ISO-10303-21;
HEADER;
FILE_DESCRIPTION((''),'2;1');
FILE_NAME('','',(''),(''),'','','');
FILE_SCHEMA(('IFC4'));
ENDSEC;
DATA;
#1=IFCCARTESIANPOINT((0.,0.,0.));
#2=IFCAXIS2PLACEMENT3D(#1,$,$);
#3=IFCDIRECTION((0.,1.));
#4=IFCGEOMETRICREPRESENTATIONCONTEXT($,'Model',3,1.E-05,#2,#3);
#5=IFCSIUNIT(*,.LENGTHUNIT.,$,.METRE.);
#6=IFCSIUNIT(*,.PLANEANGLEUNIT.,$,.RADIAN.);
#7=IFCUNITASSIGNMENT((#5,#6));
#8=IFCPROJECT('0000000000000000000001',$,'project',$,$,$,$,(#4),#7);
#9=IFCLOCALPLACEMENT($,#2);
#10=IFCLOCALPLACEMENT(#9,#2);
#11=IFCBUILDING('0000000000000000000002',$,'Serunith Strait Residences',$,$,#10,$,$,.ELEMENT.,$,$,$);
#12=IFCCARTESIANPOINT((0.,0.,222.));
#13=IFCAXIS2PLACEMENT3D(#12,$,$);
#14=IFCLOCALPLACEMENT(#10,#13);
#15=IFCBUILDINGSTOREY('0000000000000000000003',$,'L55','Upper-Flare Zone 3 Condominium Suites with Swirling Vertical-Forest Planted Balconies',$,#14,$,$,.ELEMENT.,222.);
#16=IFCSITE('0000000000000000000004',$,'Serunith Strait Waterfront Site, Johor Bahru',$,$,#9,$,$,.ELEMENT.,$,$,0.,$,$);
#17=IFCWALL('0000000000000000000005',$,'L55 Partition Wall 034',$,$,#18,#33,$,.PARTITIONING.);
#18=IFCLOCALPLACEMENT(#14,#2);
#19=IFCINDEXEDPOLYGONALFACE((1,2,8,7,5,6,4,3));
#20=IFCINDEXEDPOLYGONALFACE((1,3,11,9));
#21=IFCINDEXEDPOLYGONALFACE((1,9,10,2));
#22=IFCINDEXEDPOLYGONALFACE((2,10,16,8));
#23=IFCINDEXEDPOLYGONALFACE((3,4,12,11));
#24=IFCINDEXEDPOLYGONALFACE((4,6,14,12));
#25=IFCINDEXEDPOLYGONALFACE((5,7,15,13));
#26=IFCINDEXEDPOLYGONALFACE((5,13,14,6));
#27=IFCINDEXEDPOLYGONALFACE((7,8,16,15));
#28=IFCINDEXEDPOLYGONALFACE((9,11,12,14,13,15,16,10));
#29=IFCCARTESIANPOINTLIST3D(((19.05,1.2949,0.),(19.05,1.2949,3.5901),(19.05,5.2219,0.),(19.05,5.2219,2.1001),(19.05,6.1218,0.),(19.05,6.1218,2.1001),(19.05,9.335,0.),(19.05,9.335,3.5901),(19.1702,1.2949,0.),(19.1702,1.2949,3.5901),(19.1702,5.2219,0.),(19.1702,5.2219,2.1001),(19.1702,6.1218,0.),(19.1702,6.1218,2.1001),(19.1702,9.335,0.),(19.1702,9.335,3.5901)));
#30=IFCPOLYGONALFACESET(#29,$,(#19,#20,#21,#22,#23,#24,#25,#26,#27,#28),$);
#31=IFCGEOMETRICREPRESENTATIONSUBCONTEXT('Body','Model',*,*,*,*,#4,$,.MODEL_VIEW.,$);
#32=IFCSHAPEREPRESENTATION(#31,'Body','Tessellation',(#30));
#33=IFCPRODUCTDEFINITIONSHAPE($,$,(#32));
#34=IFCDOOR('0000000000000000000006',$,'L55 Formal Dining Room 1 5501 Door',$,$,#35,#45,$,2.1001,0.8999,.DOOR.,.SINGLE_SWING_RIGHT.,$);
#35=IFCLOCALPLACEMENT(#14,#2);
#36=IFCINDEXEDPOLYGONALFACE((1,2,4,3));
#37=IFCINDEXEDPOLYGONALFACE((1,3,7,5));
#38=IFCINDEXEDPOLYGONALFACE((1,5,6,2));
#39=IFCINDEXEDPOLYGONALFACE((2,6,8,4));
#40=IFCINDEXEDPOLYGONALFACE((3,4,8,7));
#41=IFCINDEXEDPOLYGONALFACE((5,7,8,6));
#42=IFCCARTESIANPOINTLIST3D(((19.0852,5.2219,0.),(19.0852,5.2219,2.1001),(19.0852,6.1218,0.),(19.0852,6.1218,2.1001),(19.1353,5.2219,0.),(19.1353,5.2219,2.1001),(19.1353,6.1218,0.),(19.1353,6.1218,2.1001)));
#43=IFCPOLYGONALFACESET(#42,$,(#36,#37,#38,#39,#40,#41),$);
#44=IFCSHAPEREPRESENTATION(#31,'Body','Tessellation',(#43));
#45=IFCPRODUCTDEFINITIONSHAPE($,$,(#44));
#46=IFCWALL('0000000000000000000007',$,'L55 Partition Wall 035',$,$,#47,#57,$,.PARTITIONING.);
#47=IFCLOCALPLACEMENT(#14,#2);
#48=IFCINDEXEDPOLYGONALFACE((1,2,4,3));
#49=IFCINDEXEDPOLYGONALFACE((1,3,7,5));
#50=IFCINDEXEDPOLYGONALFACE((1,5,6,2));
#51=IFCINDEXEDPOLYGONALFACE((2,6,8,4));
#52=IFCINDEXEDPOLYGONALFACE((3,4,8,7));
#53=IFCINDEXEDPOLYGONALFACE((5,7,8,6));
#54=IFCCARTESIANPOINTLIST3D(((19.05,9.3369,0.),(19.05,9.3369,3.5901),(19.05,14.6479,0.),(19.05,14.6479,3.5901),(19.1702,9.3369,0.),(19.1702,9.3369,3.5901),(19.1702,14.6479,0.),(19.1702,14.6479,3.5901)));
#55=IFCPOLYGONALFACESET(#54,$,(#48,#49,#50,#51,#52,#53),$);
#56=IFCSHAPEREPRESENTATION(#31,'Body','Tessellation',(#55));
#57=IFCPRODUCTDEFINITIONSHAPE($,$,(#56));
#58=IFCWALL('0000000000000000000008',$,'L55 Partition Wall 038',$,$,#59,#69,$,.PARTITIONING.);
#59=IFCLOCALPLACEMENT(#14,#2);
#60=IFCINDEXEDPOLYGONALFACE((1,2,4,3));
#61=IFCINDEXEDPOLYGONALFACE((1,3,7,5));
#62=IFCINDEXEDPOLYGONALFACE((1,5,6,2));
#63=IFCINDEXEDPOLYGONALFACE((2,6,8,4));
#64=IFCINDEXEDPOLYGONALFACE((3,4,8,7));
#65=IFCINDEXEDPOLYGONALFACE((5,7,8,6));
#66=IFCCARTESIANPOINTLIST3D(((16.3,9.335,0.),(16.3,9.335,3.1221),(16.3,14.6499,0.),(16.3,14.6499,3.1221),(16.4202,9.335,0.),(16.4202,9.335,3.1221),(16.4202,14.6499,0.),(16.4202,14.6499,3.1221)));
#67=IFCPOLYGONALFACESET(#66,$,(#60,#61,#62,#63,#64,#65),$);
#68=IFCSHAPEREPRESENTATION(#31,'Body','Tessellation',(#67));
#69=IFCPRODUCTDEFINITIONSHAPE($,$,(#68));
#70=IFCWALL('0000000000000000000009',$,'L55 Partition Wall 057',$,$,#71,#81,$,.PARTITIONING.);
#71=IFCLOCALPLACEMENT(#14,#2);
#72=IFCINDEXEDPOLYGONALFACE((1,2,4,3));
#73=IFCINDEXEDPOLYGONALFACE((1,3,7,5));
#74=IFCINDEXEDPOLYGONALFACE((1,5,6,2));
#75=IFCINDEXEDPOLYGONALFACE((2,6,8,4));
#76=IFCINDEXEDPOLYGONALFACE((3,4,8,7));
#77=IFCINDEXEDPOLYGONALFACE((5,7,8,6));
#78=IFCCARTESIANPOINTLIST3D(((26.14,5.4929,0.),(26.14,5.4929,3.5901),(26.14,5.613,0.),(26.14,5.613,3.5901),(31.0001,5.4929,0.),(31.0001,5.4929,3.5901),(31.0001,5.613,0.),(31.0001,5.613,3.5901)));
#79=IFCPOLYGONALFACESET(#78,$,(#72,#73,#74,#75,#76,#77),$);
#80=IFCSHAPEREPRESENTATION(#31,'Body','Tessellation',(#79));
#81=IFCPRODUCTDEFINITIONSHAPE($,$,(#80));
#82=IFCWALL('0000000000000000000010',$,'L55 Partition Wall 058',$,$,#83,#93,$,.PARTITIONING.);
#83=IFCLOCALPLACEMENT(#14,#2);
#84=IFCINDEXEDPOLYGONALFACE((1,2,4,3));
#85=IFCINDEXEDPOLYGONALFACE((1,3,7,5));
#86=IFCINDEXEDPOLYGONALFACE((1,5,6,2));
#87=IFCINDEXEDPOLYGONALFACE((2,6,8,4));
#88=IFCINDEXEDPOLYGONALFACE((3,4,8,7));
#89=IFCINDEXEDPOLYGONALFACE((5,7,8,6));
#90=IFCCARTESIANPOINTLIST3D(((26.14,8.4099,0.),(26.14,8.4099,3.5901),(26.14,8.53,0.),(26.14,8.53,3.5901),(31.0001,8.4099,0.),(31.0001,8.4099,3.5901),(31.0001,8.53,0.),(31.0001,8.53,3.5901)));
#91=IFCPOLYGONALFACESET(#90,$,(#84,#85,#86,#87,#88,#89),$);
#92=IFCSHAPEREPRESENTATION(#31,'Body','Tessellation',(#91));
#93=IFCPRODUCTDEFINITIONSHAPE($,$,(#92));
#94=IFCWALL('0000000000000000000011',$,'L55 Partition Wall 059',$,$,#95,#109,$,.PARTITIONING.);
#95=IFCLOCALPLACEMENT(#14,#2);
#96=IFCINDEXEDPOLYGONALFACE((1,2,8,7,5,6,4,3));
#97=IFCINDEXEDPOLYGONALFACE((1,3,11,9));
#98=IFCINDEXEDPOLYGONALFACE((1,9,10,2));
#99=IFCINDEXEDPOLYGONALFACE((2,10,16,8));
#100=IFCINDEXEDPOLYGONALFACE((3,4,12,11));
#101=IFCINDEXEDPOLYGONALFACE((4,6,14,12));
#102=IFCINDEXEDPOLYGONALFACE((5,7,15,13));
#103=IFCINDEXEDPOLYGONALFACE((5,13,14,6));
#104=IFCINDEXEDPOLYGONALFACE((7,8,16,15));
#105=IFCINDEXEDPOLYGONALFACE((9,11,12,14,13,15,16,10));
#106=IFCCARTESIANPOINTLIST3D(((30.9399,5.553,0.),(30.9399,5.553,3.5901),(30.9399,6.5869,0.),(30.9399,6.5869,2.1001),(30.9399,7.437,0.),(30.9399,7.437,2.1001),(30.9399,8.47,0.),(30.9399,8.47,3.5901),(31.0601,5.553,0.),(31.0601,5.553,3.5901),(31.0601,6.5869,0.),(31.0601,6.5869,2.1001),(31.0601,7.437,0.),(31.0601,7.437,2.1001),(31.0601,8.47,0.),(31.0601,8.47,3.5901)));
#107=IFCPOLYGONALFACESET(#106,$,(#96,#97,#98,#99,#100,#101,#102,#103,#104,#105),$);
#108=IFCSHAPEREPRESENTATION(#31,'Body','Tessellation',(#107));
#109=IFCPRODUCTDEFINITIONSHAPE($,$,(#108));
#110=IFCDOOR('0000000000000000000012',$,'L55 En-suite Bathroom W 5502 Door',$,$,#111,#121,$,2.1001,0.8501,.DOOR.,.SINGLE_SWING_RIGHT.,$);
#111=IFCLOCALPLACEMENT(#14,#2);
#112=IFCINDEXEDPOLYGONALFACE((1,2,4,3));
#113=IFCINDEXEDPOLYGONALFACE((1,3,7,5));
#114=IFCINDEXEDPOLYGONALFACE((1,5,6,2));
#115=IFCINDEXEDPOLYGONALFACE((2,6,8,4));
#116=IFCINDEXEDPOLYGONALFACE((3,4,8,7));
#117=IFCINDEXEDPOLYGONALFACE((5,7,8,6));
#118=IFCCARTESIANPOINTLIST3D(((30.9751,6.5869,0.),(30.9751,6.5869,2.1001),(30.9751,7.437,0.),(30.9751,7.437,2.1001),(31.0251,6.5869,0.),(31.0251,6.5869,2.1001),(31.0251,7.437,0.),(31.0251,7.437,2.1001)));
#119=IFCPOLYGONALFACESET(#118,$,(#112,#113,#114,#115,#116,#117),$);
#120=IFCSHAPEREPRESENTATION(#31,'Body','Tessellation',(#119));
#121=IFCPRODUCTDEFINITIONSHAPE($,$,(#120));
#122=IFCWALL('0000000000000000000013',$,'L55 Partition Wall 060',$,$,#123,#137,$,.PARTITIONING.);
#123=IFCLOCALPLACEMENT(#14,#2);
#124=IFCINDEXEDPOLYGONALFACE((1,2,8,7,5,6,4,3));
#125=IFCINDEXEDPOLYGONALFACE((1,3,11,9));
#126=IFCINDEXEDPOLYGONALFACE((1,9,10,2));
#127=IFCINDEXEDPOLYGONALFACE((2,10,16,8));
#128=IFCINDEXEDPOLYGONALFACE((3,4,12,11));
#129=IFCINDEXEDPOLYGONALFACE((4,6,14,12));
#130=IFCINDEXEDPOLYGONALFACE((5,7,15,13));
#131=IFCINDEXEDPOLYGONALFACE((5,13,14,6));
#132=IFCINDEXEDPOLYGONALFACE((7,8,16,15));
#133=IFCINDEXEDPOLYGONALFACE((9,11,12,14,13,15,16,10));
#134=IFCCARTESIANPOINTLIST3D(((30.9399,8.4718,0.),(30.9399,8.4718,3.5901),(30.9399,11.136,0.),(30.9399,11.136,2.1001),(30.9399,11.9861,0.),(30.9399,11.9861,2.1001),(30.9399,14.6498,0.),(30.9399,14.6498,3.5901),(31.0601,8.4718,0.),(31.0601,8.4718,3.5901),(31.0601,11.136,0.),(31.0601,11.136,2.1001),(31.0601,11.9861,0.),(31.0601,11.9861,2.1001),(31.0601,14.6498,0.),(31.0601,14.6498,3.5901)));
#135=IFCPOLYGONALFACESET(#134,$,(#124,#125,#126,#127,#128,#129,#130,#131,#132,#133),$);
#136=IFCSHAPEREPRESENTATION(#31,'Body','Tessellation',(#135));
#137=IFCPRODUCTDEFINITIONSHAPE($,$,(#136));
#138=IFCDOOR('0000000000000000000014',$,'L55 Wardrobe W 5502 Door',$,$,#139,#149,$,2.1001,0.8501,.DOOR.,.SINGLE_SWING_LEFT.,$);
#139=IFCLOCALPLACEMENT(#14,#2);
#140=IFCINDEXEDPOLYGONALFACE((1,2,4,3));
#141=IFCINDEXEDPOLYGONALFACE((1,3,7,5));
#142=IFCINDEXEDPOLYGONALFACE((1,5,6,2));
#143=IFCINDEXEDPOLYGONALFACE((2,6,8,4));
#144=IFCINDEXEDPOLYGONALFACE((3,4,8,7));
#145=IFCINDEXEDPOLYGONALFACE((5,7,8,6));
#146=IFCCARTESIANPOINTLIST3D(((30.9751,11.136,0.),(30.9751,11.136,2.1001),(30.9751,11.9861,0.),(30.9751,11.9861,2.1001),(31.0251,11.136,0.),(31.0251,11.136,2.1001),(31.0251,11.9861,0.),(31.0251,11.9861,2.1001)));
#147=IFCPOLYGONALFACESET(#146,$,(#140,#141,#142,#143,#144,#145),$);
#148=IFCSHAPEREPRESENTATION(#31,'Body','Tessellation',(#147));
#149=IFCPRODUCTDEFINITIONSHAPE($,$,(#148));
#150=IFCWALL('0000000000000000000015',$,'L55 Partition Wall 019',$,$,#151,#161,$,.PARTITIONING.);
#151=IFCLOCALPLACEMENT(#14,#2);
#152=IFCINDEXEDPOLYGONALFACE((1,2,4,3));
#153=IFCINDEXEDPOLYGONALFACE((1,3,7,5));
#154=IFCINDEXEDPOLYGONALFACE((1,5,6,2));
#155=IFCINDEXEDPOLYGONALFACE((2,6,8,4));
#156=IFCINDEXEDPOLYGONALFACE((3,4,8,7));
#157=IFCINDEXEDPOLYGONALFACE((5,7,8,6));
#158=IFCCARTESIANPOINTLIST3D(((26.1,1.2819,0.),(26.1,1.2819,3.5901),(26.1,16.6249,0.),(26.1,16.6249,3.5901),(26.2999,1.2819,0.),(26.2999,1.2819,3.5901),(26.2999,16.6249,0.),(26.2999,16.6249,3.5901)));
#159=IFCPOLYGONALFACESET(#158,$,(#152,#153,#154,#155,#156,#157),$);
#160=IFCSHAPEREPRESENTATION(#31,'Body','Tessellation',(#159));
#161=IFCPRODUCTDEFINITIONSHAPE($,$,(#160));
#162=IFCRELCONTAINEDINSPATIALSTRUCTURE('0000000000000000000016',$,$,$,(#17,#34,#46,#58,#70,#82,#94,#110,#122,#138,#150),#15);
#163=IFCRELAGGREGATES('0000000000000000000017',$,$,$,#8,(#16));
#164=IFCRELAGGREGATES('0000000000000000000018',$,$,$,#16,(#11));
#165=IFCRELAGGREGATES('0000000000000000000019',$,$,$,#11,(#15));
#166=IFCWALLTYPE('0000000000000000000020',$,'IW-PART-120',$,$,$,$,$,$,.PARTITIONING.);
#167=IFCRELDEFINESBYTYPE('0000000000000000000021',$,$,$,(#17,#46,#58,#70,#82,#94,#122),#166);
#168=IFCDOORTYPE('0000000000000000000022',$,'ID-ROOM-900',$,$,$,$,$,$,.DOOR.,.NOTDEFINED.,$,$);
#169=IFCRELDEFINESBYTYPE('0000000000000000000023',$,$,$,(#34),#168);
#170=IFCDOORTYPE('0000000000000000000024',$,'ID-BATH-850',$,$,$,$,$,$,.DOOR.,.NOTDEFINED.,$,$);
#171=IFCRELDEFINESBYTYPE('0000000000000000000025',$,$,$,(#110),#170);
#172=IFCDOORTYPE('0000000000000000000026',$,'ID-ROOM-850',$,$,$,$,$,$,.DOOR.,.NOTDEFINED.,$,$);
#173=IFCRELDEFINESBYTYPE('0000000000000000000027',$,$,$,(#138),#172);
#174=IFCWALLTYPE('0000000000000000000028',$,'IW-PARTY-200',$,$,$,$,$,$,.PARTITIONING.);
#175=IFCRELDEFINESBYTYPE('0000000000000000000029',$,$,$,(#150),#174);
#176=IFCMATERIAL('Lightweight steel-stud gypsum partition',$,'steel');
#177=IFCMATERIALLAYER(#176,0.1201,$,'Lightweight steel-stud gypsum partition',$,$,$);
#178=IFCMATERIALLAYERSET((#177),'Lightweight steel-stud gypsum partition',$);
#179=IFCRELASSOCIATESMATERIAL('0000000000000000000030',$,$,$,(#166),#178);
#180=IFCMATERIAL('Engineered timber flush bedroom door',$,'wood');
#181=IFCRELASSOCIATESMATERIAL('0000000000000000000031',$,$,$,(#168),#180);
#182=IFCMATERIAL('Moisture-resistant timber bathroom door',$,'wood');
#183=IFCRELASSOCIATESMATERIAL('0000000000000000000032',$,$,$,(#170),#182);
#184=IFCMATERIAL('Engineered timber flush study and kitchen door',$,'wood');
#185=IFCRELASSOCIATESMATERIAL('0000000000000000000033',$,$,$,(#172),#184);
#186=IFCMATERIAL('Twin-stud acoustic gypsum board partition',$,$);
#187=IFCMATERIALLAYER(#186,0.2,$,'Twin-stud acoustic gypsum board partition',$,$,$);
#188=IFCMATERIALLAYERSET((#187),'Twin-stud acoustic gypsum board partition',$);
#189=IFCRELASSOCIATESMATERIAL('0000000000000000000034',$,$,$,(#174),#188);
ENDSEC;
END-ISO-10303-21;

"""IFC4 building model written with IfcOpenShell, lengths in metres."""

from ifc_helpers import new_model, si_unit, direction, frame, frame_2d, origin, place, context, subcontext, project, spatial, rectangle, extrude, source, transform, mapped, material, layer, layer_set, type_object, element, fill, save


model = new_model("IFC4")

# Units and contexts
model_context = context("Model", 3, precision=1e-05, world=origin(), true_north=direction((0.0, 1.0)))
body_context = subcontext(model_context, "Body", "Model", "MODEL_VIEW")
ifc_project = project(units=[si_unit("LENGTHUNIT", "METRE"), si_unit("PLANEANGLEUNIT", "RADIAN")], contexts=[model_context])

# Site, building, storey
site_placement = place(None, origin())
site = spatial("IfcSite", under=ifc_project, at=site_placement, Name="Serunith Strait Waterfront Site, Johor Bahru", CompositionType="ELEMENT", RefElevation=0.0)
building_placement = place(site_placement, origin())
building = spatial("IfcBuilding", under=site, at=building_placement, Name="Serunith Strait Residences", CompositionType="ELEMENT")
storey_placement = place(building_placement, frame((0.0, 0.0, 222.0)))
storey = spatial("IfcBuildingStorey", under=building, at=storey_placement, Name="L55", Description="Upper-Flare Zone 3 Condominium Suites with Swirling Vertical-Forest Planted Balconies", CompositionType="ELEMENT", Elevation=222.0)

# Wall, opening, door
ifc_material_1 = material(Name="Lightweight steel-stud gypsum partition", Category="steel")
ifc_layer_1 = layer(ifc_material_1, 0.1201, Name="Lightweight steel-stud gypsum partition")
ifc_layer_set_1 = layer_set([ifc_layer_1], Name="Lightweight steel-stud gypsum partition")
wall_type_1 = type_object("IfcWallType", Name="IW-PART-120", PredefinedType="PARTITIONING", material=ifc_layer_set_1)
wall_1_placement = place(storey_placement, frame((19.1101, 1.2949, 0.0), z_axis=(0.0, 0.0, 1.0), x_axis=(0.0, 1.0, 0.0)))
wall_1 = element("IfcWall", 1, at=wall_1_placement, inside=storey, type_object=wall_type_1, Name="L55 Partition Wall 034", PredefinedType="PARTITIONING", context=body_context, shape_type="SweptSolid", body=[
    extrude(rectangle(XDim=8.04, YDim=0.1201, at=frame_2d((4.02, 0.0))), origin(), (0.0, 0.0, 1.0), 3.5901),
])
opening_1_placement = place(wall_1_placement, frame((3.927, 0.0, 0.0)))
opening_1 = element("IfcOpeningElement", 2, at=opening_1_placement, cuts=wall_1, PredefinedType="OPENING", context=body_context, shape_type="SweptSolid", body=[
    extrude(rectangle(XDim=0.8999, YDim=2.1001, at=frame_2d((0.45, 1.05))), frame((0.0, 0.0701, 0.0), z_axis=(0.0, -1.0, 0.0), x_axis=(1.0, 0.0, 0.0)), (0.0, 0.0, 1.0), 0.1401),
])
ifc_material_2 = material(Name="Engineered timber flush bedroom door", Category="wood")
door_type_1 = type_object("IfcDoorType", Name="ID-ROOM-900", OperationType="NOTDEFINED", PredefinedType="DOOR", material=ifc_material_2)
shared_shape_1 = source(origin(), body_context, "Body", "SweptSolid", [
    extrude(rectangle(XDim=0.8999, YDim=2.1001, at=frame_2d((0.45, 1.05))), frame((0.0, 0.0249, 0.0), z_axis=(0.0, -1.0, 0.0), x_axis=(1.0, 0.0, 0.0)), (0.0, 0.0, 1.0), 0.05),
])
door_1_placement = place(opening_1_placement, origin())
door_1 = element("IfcDoor", 3, at=door_1_placement, inside=storey, type_object=door_type_1, Name="L55 Formal Dining Room 1 5501 Door", OperationType="SINGLE_SWING_RIGHT", OverallHeight=2.1001, OverallWidth=0.8999, PredefinedType="DOOR", context=body_context, shape_type="MappedRepresentation", body=[
    mapped(shared_shape_1, transform((0.0, 0.0, 0.0), scale=1.0)),
])
fill(opening_1, door_1)

# Walls
wall_2_placement = place(storey_placement, frame((19.1101, 9.3369, 0.0), z_axis=(0.0, 0.0, 1.0), x_axis=(0.0, 1.0, 0.0)))
element("IfcWall", 4, at=wall_2_placement, inside=storey, type_object=wall_type_1, Name="L55 Partition Wall 035", PredefinedType="PARTITIONING", context=body_context, shape_type="SweptSolid", body=[
    extrude(rectangle(XDim=5.311, YDim=0.1201, at=frame_2d((2.6555, 0.0))), origin(), (0.0, 0.0, 1.0), 3.5901),
])
wall_3_placement = place(storey_placement, frame((16.3601, 9.335, 0.0), z_axis=(0.0, 0.0, 1.0), x_axis=(0.0, 1.0, 0.0)))
element("IfcWall", 5, at=wall_3_placement, inside=storey, type_object=wall_type_1, Name="L55 Partition Wall 038", PredefinedType="PARTITIONING", context=body_context, shape_type="SweptSolid", body=[
    extrude(rectangle(XDim=5.3149, YDim=0.1201, at=frame_2d((2.6575, 0.0))), origin(), (0.0, 0.0, 1.0), 3.1221),
])
for number, where, z_axis, x_axis, name in (
    (6, (26.1399, 5.553, 0.0), (0.0, 0.0, 1.0), (1.0, 0.0, 0.0), "L55 Partition Wall 057"),
    (7, (26.1399, 8.47, 0.0), (0.0, 0.0, 1.0), (1.0, 0.0, 0.0), "L55 Partition Wall 058"),
):
    element("IfcWall", number, at=place(storey_placement, frame(where, z_axis=z_axis, x_axis=x_axis)), inside=storey, type_object=wall_type_1, Name=name, PredefinedType="PARTITIONING", context=body_context, shape_type="SweptSolid", body=[
        extrude(rectangle(XDim=4.8601, YDim=0.1201, at=frame_2d((2.4302, 0.0))), origin(), (0.0, 0.0, 1.0), 3.5901),
    ])

# Walls, openings, doors
wall_4_placement = place(storey_placement, frame((31.0, 5.553, 0.0), z_axis=(0.0, 0.0, 1.0), x_axis=(0.0, 1.0, 0.0)))
wall_4 = element("IfcWall", 8, at=wall_4_placement, inside=storey, type_object=wall_type_1, Name="L55 Partition Wall 059", PredefinedType="PARTITIONING", context=body_context, shape_type="SweptSolid", body=[
    extrude(rectangle(XDim=2.917, YDim=0.1201, at=frame_2d((1.4585, 0.0))), origin(), (0.0, 0.0, 1.0), 3.5901),
])
opening_2_placement = place(wall_4_placement, frame((1.0339, 0.0, 0.0)))
opening_2 = element("IfcOpeningElement", 9, at=opening_2_placement, cuts=wall_4, PredefinedType="OPENING", context=body_context, shape_type="SweptSolid", body=[
    extrude(rectangle(XDim=0.8501, YDim=2.1001, at=frame_2d((0.425, 1.05))), frame((0.0, 0.0701, 0.0), z_axis=(0.0, -1.0, 0.0), x_axis=(1.0, 0.0, 0.0)), (0.0, 0.0, 1.0), 0.1401),
])
ifc_material_3 = material(Name="Moisture-resistant timber bathroom door", Category="wood")
door_type_2 = type_object("IfcDoorType", Name="ID-BATH-850", OperationType="NOTDEFINED", PredefinedType="DOOR", material=ifc_material_3)
shared_shape_2 = source(origin(), body_context, "Body", "SweptSolid", [
    extrude(rectangle(XDim=0.8501, YDim=2.1001, at=frame_2d((0.425, 1.05))), frame((0.0, 0.0249, 0.0), z_axis=(0.0, -1.0, 0.0), x_axis=(1.0, 0.0, 0.0)), (0.0, 0.0, 1.0), 0.05),
])
door_2_placement = place(opening_2_placement, origin())
door_2 = element("IfcDoor", 10, at=door_2_placement, inside=storey, type_object=door_type_2, Name="L55 En-suite Bathroom W 5502 Door", OperationType="SINGLE_SWING_RIGHT", OverallHeight=2.1001, OverallWidth=0.8501, PredefinedType="DOOR", context=body_context, shape_type="MappedRepresentation", body=[
    mapped(shared_shape_2, transform((0.0, 0.0, 0.0), scale=1.0)),
])
fill(opening_2, door_2)
wall_5_placement = place(storey_placement, frame((31.0, 8.4719, 0.0), z_axis=(0.0, 0.0, 1.0), x_axis=(0.0, 1.0, 0.0)))
wall_5 = element("IfcWall", 11, at=wall_5_placement, inside=storey, type_object=wall_type_1, Name="L55 Partition Wall 060", PredefinedType="PARTITIONING", context=body_context, shape_type="SweptSolid", body=[
    extrude(rectangle(XDim=6.178, YDim=0.1201, at=frame_2d((3.0889, 0.0))), origin(), (0.0, 0.0, 1.0), 3.5901),
])
opening_3_placement = place(wall_5_placement, frame((2.6641, 0.0, 0.0)))
opening_3 = element("IfcOpeningElement", 12, at=opening_3_placement, cuts=wall_5, PredefinedType="OPENING", context=body_context, shape_type="SweptSolid", body=[
    extrude(rectangle(XDim=0.8501, YDim=2.1001, at=frame_2d((0.425, 1.05))), frame((0.0, 0.0701, 0.0), z_axis=(0.0, -1.0, 0.0), x_axis=(1.0, 0.0, 0.0)), (0.0, 0.0, 1.0), 0.1401),
])
ifc_material_4 = material(Name="Engineered timber flush study and kitchen door", Category="wood")
door_type_3 = type_object("IfcDoorType", Name="ID-ROOM-850", OperationType="NOTDEFINED", PredefinedType="DOOR", material=ifc_material_4)
door_3_placement = place(opening_3_placement, origin())
door_3 = element("IfcDoor", 13, at=door_3_placement, inside=storey, type_object=door_type_3, Name="L55 Wardrobe W 5502 Door", OperationType="SINGLE_SWING_LEFT", OverallHeight=2.1001, OverallWidth=0.8501, PredefinedType="DOOR", context=body_context, shape_type="MappedRepresentation", body=[
    mapped(shared_shape_2, transform((0.0, 0.0, 0.0), scale=1.0)),
])
fill(opening_3, door_3)

# Wall
ifc_material_5 = material(Name="Twin-stud acoustic gypsum board partition")
ifc_layer_2 = layer(ifc_material_5, 0.2, Name="Twin-stud acoustic gypsum board partition")
ifc_layer_set_2 = layer_set([ifc_layer_2], Name="Twin-stud acoustic gypsum board partition")
wall_type_2 = type_object("IfcWallType", Name="IW-PARTY-200", PredefinedType="PARTITIONING", material=ifc_layer_set_2)
wall_6_placement = place(storey_placement, frame((26.2, 1.282, 0.0), z_axis=(0.0, 0.0, 1.0), x_axis=(0.0, 1.0, 0.0)))
element("IfcWall", 14, at=wall_6_placement, inside=storey, type_object=wall_type_2, Name="L55 Partition Wall 019", PredefinedType="PARTITIONING", context=body_context, shape_type="SweptSolid", body=[
    extrude(rectangle(XDim=15.343, YDim=0.2, at=frame_2d((7.6714, 0.0))), origin(), (0.0, 0.0, 1.0), 3.5901),
])

save(model, "model.ifc")
